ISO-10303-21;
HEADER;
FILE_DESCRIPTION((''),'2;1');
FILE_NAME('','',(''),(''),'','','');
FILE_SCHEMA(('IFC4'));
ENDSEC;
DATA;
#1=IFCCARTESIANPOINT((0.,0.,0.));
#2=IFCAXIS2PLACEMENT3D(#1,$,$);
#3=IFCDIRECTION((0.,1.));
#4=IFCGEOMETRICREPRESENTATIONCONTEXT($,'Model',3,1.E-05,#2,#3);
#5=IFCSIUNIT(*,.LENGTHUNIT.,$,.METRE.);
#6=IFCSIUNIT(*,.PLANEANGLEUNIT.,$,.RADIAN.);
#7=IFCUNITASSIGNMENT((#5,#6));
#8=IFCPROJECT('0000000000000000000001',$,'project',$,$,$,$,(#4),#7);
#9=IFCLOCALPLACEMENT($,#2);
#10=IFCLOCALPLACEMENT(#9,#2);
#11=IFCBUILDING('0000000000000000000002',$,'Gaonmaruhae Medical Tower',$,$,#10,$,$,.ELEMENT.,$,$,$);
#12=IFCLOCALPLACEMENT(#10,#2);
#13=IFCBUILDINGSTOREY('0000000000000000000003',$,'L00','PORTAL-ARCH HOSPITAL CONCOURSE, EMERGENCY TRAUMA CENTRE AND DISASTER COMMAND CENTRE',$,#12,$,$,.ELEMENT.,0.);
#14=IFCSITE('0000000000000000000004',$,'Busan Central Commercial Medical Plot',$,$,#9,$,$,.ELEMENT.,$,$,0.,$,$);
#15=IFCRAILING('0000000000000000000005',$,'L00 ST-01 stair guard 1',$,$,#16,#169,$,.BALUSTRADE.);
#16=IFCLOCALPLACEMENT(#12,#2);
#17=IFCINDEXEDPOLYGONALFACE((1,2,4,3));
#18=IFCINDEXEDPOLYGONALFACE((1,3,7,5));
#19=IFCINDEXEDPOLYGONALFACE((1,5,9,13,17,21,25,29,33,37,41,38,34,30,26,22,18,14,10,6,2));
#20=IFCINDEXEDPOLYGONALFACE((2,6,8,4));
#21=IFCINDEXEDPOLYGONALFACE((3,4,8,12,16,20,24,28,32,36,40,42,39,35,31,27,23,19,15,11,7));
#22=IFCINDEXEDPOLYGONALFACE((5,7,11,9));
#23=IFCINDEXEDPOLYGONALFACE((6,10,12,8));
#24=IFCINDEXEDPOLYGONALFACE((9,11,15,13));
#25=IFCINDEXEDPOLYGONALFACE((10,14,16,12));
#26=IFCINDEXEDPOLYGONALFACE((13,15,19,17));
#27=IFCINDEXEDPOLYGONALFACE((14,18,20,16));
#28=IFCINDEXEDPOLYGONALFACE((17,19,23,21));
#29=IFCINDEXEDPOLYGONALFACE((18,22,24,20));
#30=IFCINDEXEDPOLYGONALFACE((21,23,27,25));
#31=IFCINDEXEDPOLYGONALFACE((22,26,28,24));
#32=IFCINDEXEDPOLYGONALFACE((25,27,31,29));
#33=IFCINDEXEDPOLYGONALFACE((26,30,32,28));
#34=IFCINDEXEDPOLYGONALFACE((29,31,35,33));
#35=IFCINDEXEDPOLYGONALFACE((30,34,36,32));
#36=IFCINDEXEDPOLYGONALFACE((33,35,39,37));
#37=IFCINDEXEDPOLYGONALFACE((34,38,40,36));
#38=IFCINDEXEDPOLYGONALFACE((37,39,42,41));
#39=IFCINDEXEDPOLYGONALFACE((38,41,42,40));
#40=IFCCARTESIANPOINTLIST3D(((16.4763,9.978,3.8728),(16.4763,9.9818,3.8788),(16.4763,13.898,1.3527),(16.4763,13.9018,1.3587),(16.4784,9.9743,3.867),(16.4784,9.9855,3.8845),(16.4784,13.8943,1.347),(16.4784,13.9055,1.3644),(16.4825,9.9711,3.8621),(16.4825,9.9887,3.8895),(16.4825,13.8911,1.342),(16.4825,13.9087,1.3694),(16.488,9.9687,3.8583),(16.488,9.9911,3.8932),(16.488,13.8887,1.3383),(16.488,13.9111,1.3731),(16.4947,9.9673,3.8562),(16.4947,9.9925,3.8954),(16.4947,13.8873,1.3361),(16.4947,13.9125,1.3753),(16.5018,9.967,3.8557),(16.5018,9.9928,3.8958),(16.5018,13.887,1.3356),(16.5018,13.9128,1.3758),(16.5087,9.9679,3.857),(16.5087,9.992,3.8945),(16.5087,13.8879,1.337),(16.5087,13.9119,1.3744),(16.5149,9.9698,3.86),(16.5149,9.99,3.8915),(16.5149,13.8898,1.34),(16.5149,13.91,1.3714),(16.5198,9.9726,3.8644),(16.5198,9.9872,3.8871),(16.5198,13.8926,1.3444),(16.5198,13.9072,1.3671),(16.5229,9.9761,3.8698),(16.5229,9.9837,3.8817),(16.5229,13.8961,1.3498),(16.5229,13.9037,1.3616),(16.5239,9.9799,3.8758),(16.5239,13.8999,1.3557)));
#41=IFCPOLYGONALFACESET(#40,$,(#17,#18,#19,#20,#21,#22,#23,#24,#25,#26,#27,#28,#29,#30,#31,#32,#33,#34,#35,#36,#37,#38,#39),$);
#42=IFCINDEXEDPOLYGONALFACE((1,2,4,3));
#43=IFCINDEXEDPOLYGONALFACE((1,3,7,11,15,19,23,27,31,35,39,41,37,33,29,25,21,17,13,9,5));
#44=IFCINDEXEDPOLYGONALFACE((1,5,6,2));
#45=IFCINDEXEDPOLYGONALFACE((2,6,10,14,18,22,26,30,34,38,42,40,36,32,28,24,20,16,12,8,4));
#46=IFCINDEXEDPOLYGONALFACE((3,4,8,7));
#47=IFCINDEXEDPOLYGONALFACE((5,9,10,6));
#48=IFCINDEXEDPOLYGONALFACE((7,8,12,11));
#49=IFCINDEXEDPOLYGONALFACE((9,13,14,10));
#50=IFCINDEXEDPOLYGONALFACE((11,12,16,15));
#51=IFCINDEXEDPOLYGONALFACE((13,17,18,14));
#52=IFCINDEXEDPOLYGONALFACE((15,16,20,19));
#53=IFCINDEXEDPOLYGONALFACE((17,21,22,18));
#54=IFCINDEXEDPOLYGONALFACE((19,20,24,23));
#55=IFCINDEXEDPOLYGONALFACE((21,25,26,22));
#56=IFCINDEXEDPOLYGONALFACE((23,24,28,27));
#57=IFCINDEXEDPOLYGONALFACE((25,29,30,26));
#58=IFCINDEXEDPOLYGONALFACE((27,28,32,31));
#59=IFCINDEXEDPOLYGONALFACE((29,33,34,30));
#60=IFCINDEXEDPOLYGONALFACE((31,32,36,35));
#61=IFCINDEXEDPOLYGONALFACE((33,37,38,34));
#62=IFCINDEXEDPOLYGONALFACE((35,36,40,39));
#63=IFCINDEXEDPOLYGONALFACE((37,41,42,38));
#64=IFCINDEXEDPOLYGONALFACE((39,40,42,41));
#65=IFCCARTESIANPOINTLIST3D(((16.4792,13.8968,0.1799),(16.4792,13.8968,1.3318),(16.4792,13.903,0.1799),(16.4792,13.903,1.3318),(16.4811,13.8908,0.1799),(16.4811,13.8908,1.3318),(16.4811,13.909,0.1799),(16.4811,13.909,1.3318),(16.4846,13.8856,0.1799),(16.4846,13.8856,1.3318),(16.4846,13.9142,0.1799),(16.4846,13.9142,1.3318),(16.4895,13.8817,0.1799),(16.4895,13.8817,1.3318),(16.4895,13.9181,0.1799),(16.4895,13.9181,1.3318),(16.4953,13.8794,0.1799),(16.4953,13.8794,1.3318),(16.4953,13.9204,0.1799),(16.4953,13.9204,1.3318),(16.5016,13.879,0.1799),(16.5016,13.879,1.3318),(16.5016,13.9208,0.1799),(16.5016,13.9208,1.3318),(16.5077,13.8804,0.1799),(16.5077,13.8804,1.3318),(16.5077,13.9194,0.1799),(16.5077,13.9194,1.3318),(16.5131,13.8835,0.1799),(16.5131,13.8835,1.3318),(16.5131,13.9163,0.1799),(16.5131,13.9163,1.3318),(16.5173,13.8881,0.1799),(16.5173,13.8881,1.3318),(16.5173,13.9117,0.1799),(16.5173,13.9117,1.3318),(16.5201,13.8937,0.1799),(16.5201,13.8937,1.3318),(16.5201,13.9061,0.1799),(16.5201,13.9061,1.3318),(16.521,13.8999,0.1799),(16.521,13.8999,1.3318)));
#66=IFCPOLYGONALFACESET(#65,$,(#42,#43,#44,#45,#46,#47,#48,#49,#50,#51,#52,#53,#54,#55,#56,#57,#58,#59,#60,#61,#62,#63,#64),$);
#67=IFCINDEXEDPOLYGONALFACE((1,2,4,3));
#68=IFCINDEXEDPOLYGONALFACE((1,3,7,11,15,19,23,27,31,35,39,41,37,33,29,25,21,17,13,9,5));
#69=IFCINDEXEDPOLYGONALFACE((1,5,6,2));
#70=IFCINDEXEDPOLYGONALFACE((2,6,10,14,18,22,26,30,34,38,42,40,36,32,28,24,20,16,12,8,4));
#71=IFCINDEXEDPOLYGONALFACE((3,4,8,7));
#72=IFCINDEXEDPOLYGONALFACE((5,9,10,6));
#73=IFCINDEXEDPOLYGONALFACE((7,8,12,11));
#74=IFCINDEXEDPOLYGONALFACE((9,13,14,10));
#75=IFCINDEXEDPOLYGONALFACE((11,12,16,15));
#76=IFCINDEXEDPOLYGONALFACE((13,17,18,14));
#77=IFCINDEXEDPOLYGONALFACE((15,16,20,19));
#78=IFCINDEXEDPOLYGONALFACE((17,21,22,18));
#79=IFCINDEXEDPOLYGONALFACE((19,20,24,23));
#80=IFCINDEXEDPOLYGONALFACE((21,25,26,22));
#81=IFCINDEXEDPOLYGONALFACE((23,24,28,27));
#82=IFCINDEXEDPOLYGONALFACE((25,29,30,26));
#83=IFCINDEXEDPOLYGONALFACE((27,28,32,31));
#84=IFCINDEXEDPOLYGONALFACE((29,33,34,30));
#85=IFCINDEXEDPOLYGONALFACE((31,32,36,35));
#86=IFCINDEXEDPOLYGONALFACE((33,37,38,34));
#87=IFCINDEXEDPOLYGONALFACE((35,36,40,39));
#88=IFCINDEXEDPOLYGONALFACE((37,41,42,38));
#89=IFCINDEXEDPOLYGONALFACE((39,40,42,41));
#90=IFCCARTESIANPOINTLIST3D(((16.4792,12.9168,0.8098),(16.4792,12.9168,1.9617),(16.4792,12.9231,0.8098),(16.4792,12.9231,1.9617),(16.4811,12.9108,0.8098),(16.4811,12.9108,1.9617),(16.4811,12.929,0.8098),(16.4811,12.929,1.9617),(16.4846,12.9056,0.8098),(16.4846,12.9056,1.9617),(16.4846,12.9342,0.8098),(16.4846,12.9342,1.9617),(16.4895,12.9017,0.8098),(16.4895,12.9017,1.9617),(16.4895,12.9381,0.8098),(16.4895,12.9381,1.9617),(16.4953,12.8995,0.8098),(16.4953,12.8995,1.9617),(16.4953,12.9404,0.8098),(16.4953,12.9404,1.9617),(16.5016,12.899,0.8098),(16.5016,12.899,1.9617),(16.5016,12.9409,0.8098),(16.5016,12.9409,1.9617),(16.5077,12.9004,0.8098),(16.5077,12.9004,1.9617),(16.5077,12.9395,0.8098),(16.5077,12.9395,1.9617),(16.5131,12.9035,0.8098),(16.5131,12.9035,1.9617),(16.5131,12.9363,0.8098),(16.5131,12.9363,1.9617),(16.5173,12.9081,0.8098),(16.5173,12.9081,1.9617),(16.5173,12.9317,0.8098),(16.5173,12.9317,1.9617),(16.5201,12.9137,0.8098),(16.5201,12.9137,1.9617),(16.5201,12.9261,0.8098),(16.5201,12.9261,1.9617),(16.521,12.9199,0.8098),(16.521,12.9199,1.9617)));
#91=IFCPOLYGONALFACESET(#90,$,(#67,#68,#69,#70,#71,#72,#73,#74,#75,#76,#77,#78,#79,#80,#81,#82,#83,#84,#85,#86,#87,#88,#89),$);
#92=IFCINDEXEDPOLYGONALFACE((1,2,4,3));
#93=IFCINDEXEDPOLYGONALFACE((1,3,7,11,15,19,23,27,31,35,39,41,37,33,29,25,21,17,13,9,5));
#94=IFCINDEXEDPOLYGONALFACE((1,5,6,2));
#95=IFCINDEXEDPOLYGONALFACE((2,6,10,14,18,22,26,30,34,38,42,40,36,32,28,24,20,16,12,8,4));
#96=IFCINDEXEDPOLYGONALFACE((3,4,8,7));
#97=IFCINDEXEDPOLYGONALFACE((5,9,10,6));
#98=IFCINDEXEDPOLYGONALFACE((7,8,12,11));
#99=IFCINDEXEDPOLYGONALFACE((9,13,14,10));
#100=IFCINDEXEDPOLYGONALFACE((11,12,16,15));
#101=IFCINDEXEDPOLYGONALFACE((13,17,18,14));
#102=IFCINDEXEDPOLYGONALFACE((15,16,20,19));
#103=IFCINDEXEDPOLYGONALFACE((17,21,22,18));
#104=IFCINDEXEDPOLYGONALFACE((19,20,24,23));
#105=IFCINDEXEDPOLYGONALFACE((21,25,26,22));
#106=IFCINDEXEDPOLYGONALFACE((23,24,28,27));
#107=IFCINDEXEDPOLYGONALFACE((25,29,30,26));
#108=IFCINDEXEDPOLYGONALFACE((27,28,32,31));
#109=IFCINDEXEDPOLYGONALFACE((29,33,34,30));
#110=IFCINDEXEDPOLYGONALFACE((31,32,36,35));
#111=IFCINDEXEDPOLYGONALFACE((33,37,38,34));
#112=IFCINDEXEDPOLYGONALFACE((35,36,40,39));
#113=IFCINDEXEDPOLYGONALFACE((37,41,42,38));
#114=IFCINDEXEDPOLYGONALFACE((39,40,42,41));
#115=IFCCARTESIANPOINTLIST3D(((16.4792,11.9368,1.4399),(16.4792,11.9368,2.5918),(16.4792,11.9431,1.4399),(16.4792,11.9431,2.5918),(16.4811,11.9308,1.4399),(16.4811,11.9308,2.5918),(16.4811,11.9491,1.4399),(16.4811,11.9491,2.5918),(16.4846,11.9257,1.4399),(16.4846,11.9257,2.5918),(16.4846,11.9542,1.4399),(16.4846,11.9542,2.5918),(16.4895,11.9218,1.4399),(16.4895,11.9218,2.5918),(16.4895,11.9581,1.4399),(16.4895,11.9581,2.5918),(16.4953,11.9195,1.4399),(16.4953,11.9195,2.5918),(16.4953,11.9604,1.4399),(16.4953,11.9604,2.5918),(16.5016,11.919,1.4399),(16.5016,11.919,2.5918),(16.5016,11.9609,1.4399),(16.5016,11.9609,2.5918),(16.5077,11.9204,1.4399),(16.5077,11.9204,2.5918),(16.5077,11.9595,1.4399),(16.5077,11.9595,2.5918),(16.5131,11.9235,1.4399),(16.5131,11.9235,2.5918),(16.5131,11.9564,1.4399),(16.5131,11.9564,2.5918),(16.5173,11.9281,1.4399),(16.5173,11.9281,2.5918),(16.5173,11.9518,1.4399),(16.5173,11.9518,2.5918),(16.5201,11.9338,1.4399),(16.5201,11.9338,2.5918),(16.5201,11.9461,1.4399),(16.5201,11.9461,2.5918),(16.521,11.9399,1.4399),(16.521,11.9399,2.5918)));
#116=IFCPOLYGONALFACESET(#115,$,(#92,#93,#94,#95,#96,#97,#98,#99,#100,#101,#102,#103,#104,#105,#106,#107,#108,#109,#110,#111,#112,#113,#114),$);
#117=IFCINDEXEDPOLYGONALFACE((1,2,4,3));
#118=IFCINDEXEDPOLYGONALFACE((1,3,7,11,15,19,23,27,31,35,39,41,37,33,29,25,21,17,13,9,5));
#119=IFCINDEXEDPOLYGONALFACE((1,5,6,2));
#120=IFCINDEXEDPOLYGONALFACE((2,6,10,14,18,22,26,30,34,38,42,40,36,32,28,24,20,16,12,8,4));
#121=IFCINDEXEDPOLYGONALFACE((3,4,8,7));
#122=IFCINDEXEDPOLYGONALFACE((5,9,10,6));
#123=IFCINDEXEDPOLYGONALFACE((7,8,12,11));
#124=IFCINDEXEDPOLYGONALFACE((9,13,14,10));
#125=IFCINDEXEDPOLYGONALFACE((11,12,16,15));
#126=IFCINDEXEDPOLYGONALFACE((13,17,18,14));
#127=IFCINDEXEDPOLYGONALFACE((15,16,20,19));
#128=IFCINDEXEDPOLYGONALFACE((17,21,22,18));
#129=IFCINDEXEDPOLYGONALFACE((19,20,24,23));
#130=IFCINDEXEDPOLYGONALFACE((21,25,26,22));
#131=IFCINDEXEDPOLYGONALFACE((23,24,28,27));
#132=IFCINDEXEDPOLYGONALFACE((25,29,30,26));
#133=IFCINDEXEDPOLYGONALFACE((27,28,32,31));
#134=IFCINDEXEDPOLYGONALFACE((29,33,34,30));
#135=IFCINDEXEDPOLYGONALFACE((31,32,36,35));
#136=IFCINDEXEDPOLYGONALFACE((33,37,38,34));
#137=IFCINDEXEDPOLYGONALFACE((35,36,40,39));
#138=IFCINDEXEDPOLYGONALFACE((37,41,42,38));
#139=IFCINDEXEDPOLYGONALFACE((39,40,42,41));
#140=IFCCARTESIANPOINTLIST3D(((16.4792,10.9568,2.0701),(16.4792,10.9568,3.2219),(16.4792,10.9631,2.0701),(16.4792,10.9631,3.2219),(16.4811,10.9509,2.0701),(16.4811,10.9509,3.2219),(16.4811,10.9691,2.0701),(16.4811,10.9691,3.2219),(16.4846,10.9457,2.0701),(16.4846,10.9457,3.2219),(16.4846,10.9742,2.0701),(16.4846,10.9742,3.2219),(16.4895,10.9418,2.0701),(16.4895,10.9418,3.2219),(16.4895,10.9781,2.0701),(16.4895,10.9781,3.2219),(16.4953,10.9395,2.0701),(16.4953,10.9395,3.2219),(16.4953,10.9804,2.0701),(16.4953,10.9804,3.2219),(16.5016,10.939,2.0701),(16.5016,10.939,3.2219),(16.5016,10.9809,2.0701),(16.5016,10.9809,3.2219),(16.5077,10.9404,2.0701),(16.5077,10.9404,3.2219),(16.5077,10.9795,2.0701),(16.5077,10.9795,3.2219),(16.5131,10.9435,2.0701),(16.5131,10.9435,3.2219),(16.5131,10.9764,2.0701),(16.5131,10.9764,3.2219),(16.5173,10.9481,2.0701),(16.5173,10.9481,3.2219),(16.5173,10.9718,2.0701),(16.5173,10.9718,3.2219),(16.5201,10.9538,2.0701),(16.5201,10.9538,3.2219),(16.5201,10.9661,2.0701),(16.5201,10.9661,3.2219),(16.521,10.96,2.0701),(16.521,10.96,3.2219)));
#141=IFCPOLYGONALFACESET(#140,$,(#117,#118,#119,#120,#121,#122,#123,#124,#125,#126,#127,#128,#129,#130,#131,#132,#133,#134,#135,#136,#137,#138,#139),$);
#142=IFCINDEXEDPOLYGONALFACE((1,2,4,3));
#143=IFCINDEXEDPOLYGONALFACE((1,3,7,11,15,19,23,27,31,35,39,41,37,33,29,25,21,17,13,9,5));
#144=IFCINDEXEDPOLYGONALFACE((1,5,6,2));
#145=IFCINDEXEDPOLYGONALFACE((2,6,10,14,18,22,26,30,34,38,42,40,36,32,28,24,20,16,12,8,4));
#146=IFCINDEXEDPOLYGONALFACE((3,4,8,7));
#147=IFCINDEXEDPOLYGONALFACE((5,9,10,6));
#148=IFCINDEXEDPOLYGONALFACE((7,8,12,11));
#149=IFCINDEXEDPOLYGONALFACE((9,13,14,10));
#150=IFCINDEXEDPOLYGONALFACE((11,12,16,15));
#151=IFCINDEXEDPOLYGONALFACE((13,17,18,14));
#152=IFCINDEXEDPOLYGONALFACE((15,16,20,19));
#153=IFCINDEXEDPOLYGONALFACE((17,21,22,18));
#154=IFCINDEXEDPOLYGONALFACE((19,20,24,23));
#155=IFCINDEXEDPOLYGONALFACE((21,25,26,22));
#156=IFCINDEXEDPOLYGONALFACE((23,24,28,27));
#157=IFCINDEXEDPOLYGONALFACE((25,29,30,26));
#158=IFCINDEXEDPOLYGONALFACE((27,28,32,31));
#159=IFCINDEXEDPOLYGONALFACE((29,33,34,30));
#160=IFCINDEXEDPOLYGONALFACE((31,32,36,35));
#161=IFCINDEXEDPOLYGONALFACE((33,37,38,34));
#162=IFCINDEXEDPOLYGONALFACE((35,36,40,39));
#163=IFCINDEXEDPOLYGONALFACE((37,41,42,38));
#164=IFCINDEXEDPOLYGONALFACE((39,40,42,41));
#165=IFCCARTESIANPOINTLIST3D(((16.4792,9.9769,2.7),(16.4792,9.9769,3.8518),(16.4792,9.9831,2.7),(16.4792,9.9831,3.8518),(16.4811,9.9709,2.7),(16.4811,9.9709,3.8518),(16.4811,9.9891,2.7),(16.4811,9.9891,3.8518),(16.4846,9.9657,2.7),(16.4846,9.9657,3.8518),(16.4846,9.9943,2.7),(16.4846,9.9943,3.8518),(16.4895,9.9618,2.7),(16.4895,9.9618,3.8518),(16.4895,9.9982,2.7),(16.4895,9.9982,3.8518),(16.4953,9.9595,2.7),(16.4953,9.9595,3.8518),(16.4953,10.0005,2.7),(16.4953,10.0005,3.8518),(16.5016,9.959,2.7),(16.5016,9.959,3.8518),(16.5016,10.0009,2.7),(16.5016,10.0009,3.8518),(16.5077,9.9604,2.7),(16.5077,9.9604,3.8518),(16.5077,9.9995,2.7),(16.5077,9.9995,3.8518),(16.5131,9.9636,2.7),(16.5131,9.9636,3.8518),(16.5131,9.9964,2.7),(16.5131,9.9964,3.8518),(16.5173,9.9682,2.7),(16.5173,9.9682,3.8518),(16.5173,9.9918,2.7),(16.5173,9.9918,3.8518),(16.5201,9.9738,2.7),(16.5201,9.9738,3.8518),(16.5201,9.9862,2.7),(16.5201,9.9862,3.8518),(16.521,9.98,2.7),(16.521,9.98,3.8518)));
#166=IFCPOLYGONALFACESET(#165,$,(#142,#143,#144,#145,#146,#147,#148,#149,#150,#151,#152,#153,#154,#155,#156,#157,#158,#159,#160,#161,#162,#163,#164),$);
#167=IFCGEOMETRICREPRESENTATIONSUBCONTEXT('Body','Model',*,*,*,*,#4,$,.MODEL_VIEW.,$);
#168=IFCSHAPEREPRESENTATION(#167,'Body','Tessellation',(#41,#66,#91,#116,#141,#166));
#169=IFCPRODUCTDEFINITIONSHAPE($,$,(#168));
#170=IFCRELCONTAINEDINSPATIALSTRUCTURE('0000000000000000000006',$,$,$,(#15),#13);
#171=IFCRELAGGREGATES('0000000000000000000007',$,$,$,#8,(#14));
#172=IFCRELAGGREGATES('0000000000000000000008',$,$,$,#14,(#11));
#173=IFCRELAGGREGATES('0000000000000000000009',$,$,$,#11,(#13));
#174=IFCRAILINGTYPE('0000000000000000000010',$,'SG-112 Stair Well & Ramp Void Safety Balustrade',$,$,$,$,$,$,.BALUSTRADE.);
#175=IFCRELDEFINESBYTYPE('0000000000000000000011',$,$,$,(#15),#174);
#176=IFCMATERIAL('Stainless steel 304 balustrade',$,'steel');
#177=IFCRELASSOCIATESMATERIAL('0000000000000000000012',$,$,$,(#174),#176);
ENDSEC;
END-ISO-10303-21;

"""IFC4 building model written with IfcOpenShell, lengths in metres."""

from ifc_helpers import new_model, si_unit, direction, frame, origin, origin_2d, place, context, subcontext, project, spatial, circle, extrude, material, type_object, element, save


model = new_model("IFC4")

# Units and contexts
model_context = context("Model", 3, precision=1e-05, world=origin(), true_north=direction((0.0, 1.0)))
body_context = subcontext(model_context, "Body", "Model", "MODEL_VIEW")
ifc_project = project(units=[si_unit("LENGTHUNIT", "METRE"), si_unit("PLANEANGLEUNIT", "RADIAN")], contexts=[model_context])

# Site, building, storey
site_placement = place(None, origin())
site = spatial("IfcSite", under=ifc_project, at=site_placement, Name="Busan Central Commercial Medical Plot", CompositionType="ELEMENT", RefElevation=0.0)
building_placement = place(site_placement, origin())
building = spatial("IfcBuilding", under=site, at=building_placement, Name="Gaonmaruhae Medical Tower", CompositionType="ELEMENT")
storey_placement = place(building_placement, origin())
storey = spatial("IfcBuildingStorey", under=building, at=storey_placement, Name="L00", Description="PORTAL-ARCH HOSPITAL CONCOURSE, EMERGENCY TRAUMA CENTRE AND DISASTER COMMAND CENTRE", CompositionType="ELEMENT", Elevation=0.0)

# Railing
ifc_material_1 = material(Name="Stainless steel 304 balustrade", Category="steel")
railing_type_1 = type_object("IfcRailingType", Name="SG-112 Stair Well & Ramp Void Safety Balustrade", PredefinedType="BALUSTRADE", material=ifc_material_1)
railing_1_placement = place(storey_placement, frame((16.5, 13.8999, 0.1799)))
element("IfcRailing", 1, at=railing_1_placement, inside=storey, type_object=railing_type_1, Name="L00 ST-01 stair guard 1", PredefinedType="BALUSTRADE", context=body_context, shape_type="SweptSolid", body=[
    extrude(circle(Radius=0.0239, at=origin_2d()), frame((0.0, 0.0, 1.1758), z_axis=(0.0, -0.841172, 0.540768), x_axis=(1.0, 0.0, 0.0)), (0.0, 0.0, 1.0), 4.6602),
    extrude(circle(Radius=0.021, at=origin_2d()), origin(), (0.0, 0.0, 1.0), 1.1519),
    extrude(circle(Radius=0.021, at=origin_2d()), frame((0.0, -0.98, 0.6299)), (0.0, 0.0, 1.0), 1.1519),
    extrude(circle(Radius=0.021, at=origin_2d()), frame((0.0, -1.96, 1.26)), (0.0, 0.0, 1.0), 1.1519),
    extrude(circle(Radius=0.021, at=origin_2d()), frame((0.0, -2.9399, 1.8901)), (0.0, 0.0, 1.0), 1.1519),
    extrude(circle(Radius=0.021, at=origin_2d()), frame((0.0, -3.9199, 2.52)), (0.0, 0.0, 1.0), 1.1519),
])

save(model, "model.ifc")
